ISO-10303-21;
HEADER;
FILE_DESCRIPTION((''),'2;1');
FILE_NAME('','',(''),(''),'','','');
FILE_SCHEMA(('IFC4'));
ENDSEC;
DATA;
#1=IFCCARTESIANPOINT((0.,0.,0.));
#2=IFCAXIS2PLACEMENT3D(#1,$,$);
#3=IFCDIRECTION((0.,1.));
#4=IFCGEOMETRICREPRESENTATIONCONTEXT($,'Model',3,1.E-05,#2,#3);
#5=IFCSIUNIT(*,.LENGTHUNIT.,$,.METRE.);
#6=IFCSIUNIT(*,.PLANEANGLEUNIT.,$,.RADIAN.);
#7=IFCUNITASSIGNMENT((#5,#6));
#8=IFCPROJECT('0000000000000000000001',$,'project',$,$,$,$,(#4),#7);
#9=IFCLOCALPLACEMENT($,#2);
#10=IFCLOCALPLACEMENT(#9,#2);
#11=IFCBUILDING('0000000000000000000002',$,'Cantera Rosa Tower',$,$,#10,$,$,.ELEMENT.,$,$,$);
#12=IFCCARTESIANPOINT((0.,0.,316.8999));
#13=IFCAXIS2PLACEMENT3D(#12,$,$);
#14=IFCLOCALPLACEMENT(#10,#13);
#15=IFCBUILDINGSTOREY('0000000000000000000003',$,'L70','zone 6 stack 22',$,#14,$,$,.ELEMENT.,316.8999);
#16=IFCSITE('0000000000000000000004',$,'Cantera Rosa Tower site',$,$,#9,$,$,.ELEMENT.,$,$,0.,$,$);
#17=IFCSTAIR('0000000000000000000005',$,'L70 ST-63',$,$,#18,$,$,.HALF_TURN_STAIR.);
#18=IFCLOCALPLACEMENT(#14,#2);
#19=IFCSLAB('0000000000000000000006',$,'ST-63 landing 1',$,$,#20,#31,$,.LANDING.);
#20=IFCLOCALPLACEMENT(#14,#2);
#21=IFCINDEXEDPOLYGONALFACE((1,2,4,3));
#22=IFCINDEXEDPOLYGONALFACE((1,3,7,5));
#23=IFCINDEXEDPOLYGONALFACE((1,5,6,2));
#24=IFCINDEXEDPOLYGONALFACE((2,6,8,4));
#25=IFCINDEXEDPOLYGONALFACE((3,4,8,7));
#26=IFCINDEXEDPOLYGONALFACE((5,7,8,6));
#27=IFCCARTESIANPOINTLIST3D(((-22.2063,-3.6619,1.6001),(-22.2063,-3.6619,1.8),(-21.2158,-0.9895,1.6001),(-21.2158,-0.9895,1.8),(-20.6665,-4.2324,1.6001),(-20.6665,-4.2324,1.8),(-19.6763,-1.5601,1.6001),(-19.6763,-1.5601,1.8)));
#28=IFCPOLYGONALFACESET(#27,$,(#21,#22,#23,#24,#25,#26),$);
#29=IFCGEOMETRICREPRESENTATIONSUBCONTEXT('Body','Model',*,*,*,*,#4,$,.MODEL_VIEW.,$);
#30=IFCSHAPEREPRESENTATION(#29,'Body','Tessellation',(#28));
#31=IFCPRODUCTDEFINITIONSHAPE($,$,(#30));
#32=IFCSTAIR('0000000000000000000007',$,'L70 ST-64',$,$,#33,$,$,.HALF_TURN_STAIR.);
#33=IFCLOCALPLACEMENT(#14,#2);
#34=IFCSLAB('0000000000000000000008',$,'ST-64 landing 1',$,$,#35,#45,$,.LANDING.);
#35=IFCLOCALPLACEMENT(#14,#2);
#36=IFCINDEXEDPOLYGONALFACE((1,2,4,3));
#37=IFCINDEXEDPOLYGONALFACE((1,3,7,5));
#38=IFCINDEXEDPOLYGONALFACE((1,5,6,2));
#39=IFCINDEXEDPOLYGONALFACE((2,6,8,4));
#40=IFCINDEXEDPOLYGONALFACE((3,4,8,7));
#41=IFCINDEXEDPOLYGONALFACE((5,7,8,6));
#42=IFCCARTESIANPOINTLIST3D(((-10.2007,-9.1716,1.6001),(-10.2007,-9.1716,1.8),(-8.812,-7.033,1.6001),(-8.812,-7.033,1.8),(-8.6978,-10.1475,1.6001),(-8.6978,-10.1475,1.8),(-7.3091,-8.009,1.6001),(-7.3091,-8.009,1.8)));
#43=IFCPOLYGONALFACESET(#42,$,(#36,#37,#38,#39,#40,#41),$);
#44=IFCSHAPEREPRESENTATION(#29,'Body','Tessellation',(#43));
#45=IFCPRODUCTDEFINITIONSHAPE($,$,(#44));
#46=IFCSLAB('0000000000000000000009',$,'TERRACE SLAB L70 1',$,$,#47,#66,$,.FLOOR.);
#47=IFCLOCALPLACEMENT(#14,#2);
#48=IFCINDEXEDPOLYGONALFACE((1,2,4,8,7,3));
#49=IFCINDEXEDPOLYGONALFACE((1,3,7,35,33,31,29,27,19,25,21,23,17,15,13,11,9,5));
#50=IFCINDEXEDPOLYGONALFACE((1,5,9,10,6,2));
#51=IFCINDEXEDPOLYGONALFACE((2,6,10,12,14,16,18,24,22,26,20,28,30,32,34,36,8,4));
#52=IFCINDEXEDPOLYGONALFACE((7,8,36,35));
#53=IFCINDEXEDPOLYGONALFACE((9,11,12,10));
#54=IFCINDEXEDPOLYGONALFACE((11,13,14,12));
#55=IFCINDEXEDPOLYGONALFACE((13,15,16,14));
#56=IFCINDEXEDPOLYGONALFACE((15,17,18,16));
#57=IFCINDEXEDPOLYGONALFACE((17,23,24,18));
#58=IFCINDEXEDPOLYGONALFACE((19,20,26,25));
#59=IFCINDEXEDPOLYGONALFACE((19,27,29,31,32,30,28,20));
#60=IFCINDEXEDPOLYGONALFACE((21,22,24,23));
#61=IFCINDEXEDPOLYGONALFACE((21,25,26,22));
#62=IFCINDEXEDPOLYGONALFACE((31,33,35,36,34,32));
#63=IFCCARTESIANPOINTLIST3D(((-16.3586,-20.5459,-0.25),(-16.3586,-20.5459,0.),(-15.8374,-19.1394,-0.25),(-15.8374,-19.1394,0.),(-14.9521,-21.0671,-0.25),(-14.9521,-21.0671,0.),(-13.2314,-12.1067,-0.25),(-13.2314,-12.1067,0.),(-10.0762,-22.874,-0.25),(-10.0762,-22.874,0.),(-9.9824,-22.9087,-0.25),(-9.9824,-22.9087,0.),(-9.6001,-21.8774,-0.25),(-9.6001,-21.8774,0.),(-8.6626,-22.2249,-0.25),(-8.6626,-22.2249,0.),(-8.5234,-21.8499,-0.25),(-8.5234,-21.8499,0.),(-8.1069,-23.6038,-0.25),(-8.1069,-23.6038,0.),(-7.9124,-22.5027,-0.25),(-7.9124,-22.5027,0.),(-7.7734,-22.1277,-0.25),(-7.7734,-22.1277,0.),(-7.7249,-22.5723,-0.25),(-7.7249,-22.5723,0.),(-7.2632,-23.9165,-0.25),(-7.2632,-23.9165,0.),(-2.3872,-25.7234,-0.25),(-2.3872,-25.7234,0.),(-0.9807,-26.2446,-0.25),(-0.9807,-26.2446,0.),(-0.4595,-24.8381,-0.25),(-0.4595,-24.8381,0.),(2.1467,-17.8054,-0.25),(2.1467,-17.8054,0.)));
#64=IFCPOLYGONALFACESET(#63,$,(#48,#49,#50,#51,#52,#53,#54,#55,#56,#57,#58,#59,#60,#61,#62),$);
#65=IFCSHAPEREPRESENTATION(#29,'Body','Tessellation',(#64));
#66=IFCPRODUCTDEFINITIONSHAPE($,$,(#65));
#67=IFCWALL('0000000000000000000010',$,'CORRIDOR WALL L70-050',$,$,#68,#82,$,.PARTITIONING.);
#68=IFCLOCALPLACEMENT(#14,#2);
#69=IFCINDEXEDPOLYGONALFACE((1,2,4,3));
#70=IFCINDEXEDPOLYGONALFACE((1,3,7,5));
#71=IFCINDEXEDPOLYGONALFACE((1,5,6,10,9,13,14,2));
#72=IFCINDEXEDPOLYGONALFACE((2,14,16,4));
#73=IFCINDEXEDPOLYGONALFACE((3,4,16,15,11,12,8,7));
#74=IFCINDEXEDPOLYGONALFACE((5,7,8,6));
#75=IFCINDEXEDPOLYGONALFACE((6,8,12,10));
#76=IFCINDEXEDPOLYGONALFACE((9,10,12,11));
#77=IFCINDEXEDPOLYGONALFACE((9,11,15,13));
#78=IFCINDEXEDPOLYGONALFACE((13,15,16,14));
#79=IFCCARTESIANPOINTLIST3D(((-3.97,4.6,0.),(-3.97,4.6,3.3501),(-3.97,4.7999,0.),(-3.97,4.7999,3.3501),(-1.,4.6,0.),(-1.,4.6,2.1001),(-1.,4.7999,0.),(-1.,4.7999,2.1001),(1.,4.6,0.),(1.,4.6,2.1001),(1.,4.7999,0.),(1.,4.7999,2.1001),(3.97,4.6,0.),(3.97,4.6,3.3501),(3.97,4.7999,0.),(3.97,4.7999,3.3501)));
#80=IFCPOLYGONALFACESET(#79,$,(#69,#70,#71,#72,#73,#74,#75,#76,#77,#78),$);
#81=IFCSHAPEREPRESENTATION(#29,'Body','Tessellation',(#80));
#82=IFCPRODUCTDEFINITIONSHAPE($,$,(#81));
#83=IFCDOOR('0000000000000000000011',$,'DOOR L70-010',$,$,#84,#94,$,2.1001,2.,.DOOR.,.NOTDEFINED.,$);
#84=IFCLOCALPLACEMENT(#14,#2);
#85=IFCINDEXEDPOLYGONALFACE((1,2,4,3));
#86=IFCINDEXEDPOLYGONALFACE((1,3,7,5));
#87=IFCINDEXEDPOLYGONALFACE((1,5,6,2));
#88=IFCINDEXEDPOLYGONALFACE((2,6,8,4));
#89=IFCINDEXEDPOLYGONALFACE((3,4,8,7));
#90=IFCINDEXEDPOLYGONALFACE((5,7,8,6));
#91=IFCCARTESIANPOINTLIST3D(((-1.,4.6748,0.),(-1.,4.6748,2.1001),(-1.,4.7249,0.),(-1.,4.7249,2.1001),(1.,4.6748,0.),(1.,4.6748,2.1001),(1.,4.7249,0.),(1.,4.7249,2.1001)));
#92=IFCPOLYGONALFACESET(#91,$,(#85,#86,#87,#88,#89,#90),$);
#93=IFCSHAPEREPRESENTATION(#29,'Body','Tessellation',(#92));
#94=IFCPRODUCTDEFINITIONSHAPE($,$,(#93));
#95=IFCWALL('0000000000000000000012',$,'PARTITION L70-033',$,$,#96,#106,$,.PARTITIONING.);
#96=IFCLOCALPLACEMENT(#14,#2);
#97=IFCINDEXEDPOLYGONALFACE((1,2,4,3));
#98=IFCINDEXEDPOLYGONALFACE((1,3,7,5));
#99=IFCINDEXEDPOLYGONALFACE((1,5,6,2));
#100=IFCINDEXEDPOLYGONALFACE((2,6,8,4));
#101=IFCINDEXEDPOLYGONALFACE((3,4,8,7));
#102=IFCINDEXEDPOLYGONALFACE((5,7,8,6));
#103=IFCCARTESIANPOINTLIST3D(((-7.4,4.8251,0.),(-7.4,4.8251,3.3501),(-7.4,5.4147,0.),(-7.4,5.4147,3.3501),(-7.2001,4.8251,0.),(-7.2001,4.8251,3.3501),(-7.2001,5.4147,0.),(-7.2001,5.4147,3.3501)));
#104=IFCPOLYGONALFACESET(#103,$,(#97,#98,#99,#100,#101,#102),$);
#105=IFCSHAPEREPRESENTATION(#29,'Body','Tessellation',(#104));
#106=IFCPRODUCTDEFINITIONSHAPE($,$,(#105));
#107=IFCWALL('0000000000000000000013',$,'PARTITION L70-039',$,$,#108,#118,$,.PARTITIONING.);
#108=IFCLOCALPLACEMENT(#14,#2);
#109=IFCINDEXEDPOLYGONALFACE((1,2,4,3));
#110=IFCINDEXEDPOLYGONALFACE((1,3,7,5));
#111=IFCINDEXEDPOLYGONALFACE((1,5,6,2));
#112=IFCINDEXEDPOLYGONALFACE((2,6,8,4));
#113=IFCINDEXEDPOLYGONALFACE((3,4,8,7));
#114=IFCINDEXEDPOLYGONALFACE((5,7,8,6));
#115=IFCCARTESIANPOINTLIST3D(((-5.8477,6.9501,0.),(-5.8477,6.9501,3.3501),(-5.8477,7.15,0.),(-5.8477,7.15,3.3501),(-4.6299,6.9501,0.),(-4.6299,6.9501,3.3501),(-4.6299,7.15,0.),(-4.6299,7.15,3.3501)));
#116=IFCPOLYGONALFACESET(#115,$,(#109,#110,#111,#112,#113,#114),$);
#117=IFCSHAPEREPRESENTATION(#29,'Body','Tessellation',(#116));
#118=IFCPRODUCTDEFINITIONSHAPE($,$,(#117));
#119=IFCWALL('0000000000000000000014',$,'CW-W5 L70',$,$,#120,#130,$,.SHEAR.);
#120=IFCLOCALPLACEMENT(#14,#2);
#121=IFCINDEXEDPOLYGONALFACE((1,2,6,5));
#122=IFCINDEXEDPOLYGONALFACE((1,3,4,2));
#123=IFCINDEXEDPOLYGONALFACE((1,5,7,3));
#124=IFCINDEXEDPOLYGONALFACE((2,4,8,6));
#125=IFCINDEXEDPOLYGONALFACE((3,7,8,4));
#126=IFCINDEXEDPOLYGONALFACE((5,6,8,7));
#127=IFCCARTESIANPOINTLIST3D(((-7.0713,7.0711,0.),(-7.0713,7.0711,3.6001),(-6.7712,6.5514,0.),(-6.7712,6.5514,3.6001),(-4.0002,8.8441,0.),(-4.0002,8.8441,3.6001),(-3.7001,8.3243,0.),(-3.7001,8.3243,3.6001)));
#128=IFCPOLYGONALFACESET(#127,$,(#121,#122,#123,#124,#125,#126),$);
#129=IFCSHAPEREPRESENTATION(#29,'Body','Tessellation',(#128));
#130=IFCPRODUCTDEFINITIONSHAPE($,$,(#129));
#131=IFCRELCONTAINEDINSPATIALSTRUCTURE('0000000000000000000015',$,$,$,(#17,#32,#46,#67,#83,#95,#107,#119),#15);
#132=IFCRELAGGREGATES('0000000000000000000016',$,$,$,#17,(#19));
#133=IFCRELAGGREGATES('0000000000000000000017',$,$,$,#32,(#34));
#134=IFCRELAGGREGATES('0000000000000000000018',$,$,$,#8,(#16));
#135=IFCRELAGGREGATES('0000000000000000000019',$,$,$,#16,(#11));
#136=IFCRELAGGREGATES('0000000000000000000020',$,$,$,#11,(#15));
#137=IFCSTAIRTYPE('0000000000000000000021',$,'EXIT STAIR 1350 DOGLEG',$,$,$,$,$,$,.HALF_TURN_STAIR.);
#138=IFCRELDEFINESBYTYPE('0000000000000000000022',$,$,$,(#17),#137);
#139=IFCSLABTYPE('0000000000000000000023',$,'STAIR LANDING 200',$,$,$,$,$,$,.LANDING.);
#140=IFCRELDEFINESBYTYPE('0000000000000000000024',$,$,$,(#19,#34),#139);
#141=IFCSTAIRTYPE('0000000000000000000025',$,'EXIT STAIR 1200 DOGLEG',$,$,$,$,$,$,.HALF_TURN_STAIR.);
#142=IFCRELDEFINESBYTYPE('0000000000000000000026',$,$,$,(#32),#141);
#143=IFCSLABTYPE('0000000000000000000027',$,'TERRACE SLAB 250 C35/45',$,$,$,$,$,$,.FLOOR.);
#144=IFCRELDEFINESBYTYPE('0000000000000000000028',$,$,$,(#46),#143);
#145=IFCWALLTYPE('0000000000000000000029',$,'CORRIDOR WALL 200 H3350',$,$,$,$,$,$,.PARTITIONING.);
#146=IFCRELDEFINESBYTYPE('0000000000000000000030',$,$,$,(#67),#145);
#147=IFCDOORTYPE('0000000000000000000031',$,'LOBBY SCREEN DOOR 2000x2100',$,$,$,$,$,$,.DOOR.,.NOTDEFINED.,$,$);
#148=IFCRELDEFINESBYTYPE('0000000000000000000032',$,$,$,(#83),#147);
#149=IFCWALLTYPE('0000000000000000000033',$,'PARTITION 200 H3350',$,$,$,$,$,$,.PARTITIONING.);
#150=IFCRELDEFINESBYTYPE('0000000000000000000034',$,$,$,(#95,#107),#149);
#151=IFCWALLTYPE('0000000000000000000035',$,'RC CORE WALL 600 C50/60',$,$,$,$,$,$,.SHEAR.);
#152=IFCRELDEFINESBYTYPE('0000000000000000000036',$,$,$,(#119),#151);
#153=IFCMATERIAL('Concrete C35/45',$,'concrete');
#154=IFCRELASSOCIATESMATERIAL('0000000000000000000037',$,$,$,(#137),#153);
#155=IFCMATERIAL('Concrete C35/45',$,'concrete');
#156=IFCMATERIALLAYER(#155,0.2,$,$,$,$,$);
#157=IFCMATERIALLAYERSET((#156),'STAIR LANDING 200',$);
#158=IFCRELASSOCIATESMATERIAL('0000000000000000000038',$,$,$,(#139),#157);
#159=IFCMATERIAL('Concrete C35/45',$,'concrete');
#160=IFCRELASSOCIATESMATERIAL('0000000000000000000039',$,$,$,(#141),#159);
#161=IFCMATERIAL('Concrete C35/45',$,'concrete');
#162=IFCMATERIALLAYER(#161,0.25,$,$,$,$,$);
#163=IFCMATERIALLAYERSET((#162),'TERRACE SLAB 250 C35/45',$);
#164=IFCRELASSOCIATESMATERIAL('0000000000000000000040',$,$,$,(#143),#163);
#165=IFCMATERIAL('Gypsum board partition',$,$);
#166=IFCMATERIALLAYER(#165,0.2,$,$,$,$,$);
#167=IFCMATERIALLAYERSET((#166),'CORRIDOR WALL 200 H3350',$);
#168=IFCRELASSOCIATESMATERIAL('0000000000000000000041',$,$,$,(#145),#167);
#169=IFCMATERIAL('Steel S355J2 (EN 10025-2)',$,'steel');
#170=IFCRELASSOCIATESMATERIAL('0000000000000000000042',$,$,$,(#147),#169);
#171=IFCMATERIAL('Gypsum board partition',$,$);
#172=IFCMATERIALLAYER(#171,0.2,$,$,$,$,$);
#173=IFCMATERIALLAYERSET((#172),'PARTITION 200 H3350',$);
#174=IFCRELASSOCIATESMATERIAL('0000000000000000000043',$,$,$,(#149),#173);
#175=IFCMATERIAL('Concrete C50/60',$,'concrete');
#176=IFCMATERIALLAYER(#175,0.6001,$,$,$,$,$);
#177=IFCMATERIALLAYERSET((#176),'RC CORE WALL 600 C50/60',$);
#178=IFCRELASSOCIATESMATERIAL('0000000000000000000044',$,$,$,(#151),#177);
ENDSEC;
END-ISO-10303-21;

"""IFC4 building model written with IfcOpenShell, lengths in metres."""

from ifc_helpers import new_model, si_unit, direction, frame, frame_2d, origin, place, context, subcontext, project, spatial, polyline, rectangle, outline, extrude, material, layer, layer_set, type_object, element, fill, aggregate, save


model = new_model("IFC4")

# Units and contexts
model_context = context("Model", 3, precision=1e-05, world=origin(), true_north=direction((0.0, 1.0)))
body_context = subcontext(model_context, "Body", "Model", "MODEL_VIEW")
ifc_project = project(units=[si_unit("LENGTHUNIT", "METRE"), si_unit("PLANEANGLEUNIT", "RADIAN")], contexts=[model_context])

# Site, building, storey
site_placement = place(None, origin())
site = spatial("IfcSite", under=ifc_project, at=site_placement, Name="Cantera Rosa Tower site", CompositionType="ELEMENT", RefElevation=0.0)
building_placement = place(site_placement, origin())
building = spatial("IfcBuilding", under=site, at=building_placement, Name="Cantera Rosa Tower", CompositionType="ELEMENT")
storey_placement = place(building_placement, frame((0.0, 0.0, 316.8999)))
storey = spatial("IfcBuildingStorey", under=building, at=storey_placement, Name="L70", Description="zone 6 stack 22", CompositionType="ELEMENT", Elevation=316.8999)

# Stairs, slabs
ifc_material_1 = material(Name="Concrete C35/45", Category="concrete")
stair_type_1 = type_object("IfcStairType", Name="EXIT STAIR 1350 DOGLEG", PredefinedType="HALF_TURN_STAIR", material=ifc_material_1)
ifc_material_2 = material(Name="Concrete C35/45", Category="concrete")
ifc_layer_1 = layer(ifc_material_2, 0.2)
ifc_layer_set_1 = layer_set([ifc_layer_1], Name="STAIR LANDING 200")
slab_type_1 = type_object("IfcSlabType", Name="STAIR LANDING 200", PredefinedType="LANDING", material=ifc_layer_set_1)
stair_1_placement = place(storey_placement, origin())
stair_1 = element("IfcStair", 1, at=stair_1_placement, inside=storey, type_object=stair_type_1, Name="L70 ST-63", PredefinedType="HALF_TURN_STAIR")
slab_1_placement = place(storey_placement, frame((0.0, 0.0, 1.6001)))
slab_1 = element("IfcSlab", 2, at=slab_1_placement, type_object=slab_type_1, Name="ST-63 landing 1", PredefinedType="LANDING", context=body_context, shape_type="SweptSolid", body=[
    extrude(outline(polyline([(-19.6763, -1.5601), (-21.2158, -0.9895), (-22.2063, -3.6619), (-20.6665, -4.2324), (-19.6763, -1.5601)])), origin(), (0.0, 0.0, 1.0), 0.2),
])
aggregate(stair_1, [slab_1])
ifc_material_3 = material(Name="Concrete C35/45", Category="concrete")
stair_type_2 = type_object("IfcStairType", Name="EXIT STAIR 1200 DOGLEG", PredefinedType="HALF_TURN_STAIR", material=ifc_material_3)
stair_2_placement = place(storey_placement, origin())
stair_2 = element("IfcStair", 3, at=stair_2_placement, inside=storey, type_object=stair_type_2, Name="L70 ST-64", PredefinedType="HALF_TURN_STAIR")
slab_2_placement = place(storey_placement, frame((0.0, 0.0, 1.6001)))
slab_2 = element("IfcSlab", 4, at=slab_2_placement, type_object=slab_type_1, Name="ST-64 landing 1", PredefinedType="LANDING", context=body_context, shape_type="SweptSolid", body=[
    extrude(outline(polyline([(-7.3091, -8.009), (-8.812, -7.033), (-10.2007, -9.1716), (-8.6978, -10.1475), (-7.3091, -8.009)])), origin(), (0.0, 0.0, 1.0), 0.2),
])
aggregate(stair_2, [slab_2])

# Slab
ifc_material_4 = material(Name="Concrete C35/45", Category="concrete")
ifc_layer_2 = layer(ifc_material_4, 0.25)
ifc_layer_set_2 = layer_set([ifc_layer_2], Name="TERRACE SLAB 250 C35/45")
slab_type_2 = type_object("IfcSlabType", Name="TERRACE SLAB 250 C35/45", PredefinedType="FLOOR", material=ifc_layer_set_2)
slab_3_placement = place(storey_placement, frame((0.0, 0.0, -0.25)))
element("IfcSlab", 5, at=slab_3_placement, inside=storey, type_object=slab_type_2, Name="TERRACE SLAB L70 1", PredefinedType="FLOOR", context=body_context, shape_type="SweptSolid", body=[
    extrude(outline(polyline([(-7.7249, -22.5723), (-7.9124, -22.5027), (-7.7734, -22.1277), (-8.5234, -21.8499), (-8.6626, -22.2249), (-9.6001, -21.8774), (-9.9824, -22.9087), (-10.0762, -22.874), (-14.9521, -21.0671), (-16.3586, -20.5459), (-15.8374, -19.1394), (-13.2314, -12.1067), (2.1467, -17.8054), (-0.4595, -24.8381), (-0.9807, -26.2446), (-2.3872, -25.7234), (-7.2632, -23.9165), (-8.1069, -23.6038), (-7.7249, -22.5723)])), origin(), (0.0, 0.0, 1.0), 0.25),
])

# Wall, opening, door
ifc_material_5 = material(Name="Gypsum board partition")
ifc_layer_3 = layer(ifc_material_5, 0.2)
ifc_layer_set_3 = layer_set([ifc_layer_3], Name="CORRIDOR WALL 200 H3350")
wall_type_1 = type_object("IfcWallType", Name="CORRIDOR WALL 200 H3350", PredefinedType="PARTITIONING", material=ifc_layer_set_3)
wall_1_placement = place(storey_placement, frame((-3.97, 4.7, 0.0), z_axis=(0.0, 0.0, 1.0), x_axis=(1.0, 0.0, 0.0)))
wall_1 = element("IfcWall", 6, at=wall_1_placement, inside=storey, type_object=wall_type_1, Name="CORRIDOR WALL L70-050", PredefinedType="PARTITIONING", context=body_context, shape_type="SweptSolid", body=[
    extrude(rectangle(XDim=7.9399, YDim=0.2, at=frame_2d((3.97, 0.0))), origin(), (0.0, 0.0, 1.0), 3.3501),
])
opening_1_placement = place(wall_1_placement, frame((2.97, 0.0, 0.0)))
opening_1 = element("IfcOpeningElement", 7, at=opening_1_placement, cuts=wall_1, PredefinedType="OPENING", context=body_context, shape_type="SweptSolid", body=[
    extrude(rectangle(XDim=2.0, YDim=2.1001, at=frame_2d((1.0, 1.05))), frame((0.0, 0.1099, 0.0), z_axis=(0.0, -1.0, 0.0), x_axis=(1.0, 0.0, 0.0)), (0.0, 0.0, 1.0), 0.22),
])
ifc_material_6 = material(Name="Steel S355J2 (EN 10025-2)", Category="steel")
door_type_1 = type_object("IfcDoorType", Name="LOBBY SCREEN DOOR 2000x2100", OperationType="NOTDEFINED", PredefinedType="DOOR", material=ifc_material_6)
door_1_placement = place(opening_1_placement, origin())
door_1 = element("IfcDoor", 8, at=door_1_placement, inside=storey, type_object=door_type_1, Name="DOOR L70-010", OperationType="NOTDEFINED", OverallHeight=2.1001, OverallWidth=2.0, PredefinedType="DOOR", context=body_context, shape_type="SweptSolid", body=[
    extrude(rectangle(XDim=2.0, YDim=2.1001, at=frame_2d((1.0, 1.05))), frame((0.0, 0.0249, 0.0), z_axis=(0.0, -1.0, 0.0), x_axis=(1.0, 0.0, 0.0)), (0.0, 0.0, 1.0), 0.05),
])
fill(opening_1, door_1)

# Walls
ifc_material_7 = material(Name="Gypsum board partition")
ifc_layer_4 = layer(ifc_material_7, 0.2)
ifc_layer_set_4 = layer_set([ifc_layer_4], Name="PARTITION 200 H3350")
wall_type_2 = type_object("IfcWallType", Name="PARTITION 200 H3350", PredefinedType="PARTITIONING", material=ifc_layer_set_4)
wall_2_placement = place(storey_placement, frame((-7.3, 4.825, 0.0), z_axis=(0.0, 0.0, 1.0), x_axis=(0.0, 1.0, 0.0)))
element("IfcWall", 9, at=wall_2_placement, inside=storey, type_object=wall_type_2, Name="PARTITION L70-033", PredefinedType="PARTITIONING", context=body_context, shape_type="SweptSolid", body=[
    extrude(rectangle(XDim=0.5896, YDim=0.2, at=frame_2d((0.2949, 0.0))), origin(), (0.0, 0.0, 1.0), 3.3501),
])
wall_3_placement = place(storey_placement, frame((-5.8477, 7.05, 0.0), z_axis=(0.0, 0.0, 1.0), x_axis=(1.0, 0.0, 0.0)))
element("IfcWall", 10, at=wall_3_placement, inside=storey, type_object=wall_type_2, Name="PARTITION L70-039", PredefinedType="PARTITIONING", context=body_context, shape_type="SweptSolid", body=[
    extrude(rectangle(XDim=1.2178, YDim=0.2, at=frame_2d((0.6089, 0.0))), origin(), (0.0, 0.0, 1.0), 3.3501),
])
ifc_material_8 = material(Name="Concrete C50/60", Category="concrete")
ifc_layer_5 = layer(ifc_material_8, 0.6001)
ifc_layer_set_5 = layer_set([ifc_layer_5], Name="RC CORE WALL 600 C50/60")
wall_type_3 = type_object("IfcWallType", Name="RC CORE WALL 600 C50/60", PredefinedType="SHEAR", material=ifc_layer_set_5)
wall_4_placement = place(storey_placement, frame((-6.9211, 6.8113, 0.0), z_axis=(0.0, 0.0, 1.0), x_axis=(0.86604, 0.499975, 0.0)))
element("IfcWall", 11, at=wall_4_placement, inside=storey, type_object=wall_type_3, Name="CW-W5 L70", PredefinedType="SHEAR", context=body_context, shape_type="SweptSolid", body=[
    extrude(rectangle(XDim=3.5461, YDim=0.6001, at=frame_2d((1.7729, 0.0))), origin(), (0.0, 0.0, 1.0), 3.6001),
])

save(model, "model.ifc")
